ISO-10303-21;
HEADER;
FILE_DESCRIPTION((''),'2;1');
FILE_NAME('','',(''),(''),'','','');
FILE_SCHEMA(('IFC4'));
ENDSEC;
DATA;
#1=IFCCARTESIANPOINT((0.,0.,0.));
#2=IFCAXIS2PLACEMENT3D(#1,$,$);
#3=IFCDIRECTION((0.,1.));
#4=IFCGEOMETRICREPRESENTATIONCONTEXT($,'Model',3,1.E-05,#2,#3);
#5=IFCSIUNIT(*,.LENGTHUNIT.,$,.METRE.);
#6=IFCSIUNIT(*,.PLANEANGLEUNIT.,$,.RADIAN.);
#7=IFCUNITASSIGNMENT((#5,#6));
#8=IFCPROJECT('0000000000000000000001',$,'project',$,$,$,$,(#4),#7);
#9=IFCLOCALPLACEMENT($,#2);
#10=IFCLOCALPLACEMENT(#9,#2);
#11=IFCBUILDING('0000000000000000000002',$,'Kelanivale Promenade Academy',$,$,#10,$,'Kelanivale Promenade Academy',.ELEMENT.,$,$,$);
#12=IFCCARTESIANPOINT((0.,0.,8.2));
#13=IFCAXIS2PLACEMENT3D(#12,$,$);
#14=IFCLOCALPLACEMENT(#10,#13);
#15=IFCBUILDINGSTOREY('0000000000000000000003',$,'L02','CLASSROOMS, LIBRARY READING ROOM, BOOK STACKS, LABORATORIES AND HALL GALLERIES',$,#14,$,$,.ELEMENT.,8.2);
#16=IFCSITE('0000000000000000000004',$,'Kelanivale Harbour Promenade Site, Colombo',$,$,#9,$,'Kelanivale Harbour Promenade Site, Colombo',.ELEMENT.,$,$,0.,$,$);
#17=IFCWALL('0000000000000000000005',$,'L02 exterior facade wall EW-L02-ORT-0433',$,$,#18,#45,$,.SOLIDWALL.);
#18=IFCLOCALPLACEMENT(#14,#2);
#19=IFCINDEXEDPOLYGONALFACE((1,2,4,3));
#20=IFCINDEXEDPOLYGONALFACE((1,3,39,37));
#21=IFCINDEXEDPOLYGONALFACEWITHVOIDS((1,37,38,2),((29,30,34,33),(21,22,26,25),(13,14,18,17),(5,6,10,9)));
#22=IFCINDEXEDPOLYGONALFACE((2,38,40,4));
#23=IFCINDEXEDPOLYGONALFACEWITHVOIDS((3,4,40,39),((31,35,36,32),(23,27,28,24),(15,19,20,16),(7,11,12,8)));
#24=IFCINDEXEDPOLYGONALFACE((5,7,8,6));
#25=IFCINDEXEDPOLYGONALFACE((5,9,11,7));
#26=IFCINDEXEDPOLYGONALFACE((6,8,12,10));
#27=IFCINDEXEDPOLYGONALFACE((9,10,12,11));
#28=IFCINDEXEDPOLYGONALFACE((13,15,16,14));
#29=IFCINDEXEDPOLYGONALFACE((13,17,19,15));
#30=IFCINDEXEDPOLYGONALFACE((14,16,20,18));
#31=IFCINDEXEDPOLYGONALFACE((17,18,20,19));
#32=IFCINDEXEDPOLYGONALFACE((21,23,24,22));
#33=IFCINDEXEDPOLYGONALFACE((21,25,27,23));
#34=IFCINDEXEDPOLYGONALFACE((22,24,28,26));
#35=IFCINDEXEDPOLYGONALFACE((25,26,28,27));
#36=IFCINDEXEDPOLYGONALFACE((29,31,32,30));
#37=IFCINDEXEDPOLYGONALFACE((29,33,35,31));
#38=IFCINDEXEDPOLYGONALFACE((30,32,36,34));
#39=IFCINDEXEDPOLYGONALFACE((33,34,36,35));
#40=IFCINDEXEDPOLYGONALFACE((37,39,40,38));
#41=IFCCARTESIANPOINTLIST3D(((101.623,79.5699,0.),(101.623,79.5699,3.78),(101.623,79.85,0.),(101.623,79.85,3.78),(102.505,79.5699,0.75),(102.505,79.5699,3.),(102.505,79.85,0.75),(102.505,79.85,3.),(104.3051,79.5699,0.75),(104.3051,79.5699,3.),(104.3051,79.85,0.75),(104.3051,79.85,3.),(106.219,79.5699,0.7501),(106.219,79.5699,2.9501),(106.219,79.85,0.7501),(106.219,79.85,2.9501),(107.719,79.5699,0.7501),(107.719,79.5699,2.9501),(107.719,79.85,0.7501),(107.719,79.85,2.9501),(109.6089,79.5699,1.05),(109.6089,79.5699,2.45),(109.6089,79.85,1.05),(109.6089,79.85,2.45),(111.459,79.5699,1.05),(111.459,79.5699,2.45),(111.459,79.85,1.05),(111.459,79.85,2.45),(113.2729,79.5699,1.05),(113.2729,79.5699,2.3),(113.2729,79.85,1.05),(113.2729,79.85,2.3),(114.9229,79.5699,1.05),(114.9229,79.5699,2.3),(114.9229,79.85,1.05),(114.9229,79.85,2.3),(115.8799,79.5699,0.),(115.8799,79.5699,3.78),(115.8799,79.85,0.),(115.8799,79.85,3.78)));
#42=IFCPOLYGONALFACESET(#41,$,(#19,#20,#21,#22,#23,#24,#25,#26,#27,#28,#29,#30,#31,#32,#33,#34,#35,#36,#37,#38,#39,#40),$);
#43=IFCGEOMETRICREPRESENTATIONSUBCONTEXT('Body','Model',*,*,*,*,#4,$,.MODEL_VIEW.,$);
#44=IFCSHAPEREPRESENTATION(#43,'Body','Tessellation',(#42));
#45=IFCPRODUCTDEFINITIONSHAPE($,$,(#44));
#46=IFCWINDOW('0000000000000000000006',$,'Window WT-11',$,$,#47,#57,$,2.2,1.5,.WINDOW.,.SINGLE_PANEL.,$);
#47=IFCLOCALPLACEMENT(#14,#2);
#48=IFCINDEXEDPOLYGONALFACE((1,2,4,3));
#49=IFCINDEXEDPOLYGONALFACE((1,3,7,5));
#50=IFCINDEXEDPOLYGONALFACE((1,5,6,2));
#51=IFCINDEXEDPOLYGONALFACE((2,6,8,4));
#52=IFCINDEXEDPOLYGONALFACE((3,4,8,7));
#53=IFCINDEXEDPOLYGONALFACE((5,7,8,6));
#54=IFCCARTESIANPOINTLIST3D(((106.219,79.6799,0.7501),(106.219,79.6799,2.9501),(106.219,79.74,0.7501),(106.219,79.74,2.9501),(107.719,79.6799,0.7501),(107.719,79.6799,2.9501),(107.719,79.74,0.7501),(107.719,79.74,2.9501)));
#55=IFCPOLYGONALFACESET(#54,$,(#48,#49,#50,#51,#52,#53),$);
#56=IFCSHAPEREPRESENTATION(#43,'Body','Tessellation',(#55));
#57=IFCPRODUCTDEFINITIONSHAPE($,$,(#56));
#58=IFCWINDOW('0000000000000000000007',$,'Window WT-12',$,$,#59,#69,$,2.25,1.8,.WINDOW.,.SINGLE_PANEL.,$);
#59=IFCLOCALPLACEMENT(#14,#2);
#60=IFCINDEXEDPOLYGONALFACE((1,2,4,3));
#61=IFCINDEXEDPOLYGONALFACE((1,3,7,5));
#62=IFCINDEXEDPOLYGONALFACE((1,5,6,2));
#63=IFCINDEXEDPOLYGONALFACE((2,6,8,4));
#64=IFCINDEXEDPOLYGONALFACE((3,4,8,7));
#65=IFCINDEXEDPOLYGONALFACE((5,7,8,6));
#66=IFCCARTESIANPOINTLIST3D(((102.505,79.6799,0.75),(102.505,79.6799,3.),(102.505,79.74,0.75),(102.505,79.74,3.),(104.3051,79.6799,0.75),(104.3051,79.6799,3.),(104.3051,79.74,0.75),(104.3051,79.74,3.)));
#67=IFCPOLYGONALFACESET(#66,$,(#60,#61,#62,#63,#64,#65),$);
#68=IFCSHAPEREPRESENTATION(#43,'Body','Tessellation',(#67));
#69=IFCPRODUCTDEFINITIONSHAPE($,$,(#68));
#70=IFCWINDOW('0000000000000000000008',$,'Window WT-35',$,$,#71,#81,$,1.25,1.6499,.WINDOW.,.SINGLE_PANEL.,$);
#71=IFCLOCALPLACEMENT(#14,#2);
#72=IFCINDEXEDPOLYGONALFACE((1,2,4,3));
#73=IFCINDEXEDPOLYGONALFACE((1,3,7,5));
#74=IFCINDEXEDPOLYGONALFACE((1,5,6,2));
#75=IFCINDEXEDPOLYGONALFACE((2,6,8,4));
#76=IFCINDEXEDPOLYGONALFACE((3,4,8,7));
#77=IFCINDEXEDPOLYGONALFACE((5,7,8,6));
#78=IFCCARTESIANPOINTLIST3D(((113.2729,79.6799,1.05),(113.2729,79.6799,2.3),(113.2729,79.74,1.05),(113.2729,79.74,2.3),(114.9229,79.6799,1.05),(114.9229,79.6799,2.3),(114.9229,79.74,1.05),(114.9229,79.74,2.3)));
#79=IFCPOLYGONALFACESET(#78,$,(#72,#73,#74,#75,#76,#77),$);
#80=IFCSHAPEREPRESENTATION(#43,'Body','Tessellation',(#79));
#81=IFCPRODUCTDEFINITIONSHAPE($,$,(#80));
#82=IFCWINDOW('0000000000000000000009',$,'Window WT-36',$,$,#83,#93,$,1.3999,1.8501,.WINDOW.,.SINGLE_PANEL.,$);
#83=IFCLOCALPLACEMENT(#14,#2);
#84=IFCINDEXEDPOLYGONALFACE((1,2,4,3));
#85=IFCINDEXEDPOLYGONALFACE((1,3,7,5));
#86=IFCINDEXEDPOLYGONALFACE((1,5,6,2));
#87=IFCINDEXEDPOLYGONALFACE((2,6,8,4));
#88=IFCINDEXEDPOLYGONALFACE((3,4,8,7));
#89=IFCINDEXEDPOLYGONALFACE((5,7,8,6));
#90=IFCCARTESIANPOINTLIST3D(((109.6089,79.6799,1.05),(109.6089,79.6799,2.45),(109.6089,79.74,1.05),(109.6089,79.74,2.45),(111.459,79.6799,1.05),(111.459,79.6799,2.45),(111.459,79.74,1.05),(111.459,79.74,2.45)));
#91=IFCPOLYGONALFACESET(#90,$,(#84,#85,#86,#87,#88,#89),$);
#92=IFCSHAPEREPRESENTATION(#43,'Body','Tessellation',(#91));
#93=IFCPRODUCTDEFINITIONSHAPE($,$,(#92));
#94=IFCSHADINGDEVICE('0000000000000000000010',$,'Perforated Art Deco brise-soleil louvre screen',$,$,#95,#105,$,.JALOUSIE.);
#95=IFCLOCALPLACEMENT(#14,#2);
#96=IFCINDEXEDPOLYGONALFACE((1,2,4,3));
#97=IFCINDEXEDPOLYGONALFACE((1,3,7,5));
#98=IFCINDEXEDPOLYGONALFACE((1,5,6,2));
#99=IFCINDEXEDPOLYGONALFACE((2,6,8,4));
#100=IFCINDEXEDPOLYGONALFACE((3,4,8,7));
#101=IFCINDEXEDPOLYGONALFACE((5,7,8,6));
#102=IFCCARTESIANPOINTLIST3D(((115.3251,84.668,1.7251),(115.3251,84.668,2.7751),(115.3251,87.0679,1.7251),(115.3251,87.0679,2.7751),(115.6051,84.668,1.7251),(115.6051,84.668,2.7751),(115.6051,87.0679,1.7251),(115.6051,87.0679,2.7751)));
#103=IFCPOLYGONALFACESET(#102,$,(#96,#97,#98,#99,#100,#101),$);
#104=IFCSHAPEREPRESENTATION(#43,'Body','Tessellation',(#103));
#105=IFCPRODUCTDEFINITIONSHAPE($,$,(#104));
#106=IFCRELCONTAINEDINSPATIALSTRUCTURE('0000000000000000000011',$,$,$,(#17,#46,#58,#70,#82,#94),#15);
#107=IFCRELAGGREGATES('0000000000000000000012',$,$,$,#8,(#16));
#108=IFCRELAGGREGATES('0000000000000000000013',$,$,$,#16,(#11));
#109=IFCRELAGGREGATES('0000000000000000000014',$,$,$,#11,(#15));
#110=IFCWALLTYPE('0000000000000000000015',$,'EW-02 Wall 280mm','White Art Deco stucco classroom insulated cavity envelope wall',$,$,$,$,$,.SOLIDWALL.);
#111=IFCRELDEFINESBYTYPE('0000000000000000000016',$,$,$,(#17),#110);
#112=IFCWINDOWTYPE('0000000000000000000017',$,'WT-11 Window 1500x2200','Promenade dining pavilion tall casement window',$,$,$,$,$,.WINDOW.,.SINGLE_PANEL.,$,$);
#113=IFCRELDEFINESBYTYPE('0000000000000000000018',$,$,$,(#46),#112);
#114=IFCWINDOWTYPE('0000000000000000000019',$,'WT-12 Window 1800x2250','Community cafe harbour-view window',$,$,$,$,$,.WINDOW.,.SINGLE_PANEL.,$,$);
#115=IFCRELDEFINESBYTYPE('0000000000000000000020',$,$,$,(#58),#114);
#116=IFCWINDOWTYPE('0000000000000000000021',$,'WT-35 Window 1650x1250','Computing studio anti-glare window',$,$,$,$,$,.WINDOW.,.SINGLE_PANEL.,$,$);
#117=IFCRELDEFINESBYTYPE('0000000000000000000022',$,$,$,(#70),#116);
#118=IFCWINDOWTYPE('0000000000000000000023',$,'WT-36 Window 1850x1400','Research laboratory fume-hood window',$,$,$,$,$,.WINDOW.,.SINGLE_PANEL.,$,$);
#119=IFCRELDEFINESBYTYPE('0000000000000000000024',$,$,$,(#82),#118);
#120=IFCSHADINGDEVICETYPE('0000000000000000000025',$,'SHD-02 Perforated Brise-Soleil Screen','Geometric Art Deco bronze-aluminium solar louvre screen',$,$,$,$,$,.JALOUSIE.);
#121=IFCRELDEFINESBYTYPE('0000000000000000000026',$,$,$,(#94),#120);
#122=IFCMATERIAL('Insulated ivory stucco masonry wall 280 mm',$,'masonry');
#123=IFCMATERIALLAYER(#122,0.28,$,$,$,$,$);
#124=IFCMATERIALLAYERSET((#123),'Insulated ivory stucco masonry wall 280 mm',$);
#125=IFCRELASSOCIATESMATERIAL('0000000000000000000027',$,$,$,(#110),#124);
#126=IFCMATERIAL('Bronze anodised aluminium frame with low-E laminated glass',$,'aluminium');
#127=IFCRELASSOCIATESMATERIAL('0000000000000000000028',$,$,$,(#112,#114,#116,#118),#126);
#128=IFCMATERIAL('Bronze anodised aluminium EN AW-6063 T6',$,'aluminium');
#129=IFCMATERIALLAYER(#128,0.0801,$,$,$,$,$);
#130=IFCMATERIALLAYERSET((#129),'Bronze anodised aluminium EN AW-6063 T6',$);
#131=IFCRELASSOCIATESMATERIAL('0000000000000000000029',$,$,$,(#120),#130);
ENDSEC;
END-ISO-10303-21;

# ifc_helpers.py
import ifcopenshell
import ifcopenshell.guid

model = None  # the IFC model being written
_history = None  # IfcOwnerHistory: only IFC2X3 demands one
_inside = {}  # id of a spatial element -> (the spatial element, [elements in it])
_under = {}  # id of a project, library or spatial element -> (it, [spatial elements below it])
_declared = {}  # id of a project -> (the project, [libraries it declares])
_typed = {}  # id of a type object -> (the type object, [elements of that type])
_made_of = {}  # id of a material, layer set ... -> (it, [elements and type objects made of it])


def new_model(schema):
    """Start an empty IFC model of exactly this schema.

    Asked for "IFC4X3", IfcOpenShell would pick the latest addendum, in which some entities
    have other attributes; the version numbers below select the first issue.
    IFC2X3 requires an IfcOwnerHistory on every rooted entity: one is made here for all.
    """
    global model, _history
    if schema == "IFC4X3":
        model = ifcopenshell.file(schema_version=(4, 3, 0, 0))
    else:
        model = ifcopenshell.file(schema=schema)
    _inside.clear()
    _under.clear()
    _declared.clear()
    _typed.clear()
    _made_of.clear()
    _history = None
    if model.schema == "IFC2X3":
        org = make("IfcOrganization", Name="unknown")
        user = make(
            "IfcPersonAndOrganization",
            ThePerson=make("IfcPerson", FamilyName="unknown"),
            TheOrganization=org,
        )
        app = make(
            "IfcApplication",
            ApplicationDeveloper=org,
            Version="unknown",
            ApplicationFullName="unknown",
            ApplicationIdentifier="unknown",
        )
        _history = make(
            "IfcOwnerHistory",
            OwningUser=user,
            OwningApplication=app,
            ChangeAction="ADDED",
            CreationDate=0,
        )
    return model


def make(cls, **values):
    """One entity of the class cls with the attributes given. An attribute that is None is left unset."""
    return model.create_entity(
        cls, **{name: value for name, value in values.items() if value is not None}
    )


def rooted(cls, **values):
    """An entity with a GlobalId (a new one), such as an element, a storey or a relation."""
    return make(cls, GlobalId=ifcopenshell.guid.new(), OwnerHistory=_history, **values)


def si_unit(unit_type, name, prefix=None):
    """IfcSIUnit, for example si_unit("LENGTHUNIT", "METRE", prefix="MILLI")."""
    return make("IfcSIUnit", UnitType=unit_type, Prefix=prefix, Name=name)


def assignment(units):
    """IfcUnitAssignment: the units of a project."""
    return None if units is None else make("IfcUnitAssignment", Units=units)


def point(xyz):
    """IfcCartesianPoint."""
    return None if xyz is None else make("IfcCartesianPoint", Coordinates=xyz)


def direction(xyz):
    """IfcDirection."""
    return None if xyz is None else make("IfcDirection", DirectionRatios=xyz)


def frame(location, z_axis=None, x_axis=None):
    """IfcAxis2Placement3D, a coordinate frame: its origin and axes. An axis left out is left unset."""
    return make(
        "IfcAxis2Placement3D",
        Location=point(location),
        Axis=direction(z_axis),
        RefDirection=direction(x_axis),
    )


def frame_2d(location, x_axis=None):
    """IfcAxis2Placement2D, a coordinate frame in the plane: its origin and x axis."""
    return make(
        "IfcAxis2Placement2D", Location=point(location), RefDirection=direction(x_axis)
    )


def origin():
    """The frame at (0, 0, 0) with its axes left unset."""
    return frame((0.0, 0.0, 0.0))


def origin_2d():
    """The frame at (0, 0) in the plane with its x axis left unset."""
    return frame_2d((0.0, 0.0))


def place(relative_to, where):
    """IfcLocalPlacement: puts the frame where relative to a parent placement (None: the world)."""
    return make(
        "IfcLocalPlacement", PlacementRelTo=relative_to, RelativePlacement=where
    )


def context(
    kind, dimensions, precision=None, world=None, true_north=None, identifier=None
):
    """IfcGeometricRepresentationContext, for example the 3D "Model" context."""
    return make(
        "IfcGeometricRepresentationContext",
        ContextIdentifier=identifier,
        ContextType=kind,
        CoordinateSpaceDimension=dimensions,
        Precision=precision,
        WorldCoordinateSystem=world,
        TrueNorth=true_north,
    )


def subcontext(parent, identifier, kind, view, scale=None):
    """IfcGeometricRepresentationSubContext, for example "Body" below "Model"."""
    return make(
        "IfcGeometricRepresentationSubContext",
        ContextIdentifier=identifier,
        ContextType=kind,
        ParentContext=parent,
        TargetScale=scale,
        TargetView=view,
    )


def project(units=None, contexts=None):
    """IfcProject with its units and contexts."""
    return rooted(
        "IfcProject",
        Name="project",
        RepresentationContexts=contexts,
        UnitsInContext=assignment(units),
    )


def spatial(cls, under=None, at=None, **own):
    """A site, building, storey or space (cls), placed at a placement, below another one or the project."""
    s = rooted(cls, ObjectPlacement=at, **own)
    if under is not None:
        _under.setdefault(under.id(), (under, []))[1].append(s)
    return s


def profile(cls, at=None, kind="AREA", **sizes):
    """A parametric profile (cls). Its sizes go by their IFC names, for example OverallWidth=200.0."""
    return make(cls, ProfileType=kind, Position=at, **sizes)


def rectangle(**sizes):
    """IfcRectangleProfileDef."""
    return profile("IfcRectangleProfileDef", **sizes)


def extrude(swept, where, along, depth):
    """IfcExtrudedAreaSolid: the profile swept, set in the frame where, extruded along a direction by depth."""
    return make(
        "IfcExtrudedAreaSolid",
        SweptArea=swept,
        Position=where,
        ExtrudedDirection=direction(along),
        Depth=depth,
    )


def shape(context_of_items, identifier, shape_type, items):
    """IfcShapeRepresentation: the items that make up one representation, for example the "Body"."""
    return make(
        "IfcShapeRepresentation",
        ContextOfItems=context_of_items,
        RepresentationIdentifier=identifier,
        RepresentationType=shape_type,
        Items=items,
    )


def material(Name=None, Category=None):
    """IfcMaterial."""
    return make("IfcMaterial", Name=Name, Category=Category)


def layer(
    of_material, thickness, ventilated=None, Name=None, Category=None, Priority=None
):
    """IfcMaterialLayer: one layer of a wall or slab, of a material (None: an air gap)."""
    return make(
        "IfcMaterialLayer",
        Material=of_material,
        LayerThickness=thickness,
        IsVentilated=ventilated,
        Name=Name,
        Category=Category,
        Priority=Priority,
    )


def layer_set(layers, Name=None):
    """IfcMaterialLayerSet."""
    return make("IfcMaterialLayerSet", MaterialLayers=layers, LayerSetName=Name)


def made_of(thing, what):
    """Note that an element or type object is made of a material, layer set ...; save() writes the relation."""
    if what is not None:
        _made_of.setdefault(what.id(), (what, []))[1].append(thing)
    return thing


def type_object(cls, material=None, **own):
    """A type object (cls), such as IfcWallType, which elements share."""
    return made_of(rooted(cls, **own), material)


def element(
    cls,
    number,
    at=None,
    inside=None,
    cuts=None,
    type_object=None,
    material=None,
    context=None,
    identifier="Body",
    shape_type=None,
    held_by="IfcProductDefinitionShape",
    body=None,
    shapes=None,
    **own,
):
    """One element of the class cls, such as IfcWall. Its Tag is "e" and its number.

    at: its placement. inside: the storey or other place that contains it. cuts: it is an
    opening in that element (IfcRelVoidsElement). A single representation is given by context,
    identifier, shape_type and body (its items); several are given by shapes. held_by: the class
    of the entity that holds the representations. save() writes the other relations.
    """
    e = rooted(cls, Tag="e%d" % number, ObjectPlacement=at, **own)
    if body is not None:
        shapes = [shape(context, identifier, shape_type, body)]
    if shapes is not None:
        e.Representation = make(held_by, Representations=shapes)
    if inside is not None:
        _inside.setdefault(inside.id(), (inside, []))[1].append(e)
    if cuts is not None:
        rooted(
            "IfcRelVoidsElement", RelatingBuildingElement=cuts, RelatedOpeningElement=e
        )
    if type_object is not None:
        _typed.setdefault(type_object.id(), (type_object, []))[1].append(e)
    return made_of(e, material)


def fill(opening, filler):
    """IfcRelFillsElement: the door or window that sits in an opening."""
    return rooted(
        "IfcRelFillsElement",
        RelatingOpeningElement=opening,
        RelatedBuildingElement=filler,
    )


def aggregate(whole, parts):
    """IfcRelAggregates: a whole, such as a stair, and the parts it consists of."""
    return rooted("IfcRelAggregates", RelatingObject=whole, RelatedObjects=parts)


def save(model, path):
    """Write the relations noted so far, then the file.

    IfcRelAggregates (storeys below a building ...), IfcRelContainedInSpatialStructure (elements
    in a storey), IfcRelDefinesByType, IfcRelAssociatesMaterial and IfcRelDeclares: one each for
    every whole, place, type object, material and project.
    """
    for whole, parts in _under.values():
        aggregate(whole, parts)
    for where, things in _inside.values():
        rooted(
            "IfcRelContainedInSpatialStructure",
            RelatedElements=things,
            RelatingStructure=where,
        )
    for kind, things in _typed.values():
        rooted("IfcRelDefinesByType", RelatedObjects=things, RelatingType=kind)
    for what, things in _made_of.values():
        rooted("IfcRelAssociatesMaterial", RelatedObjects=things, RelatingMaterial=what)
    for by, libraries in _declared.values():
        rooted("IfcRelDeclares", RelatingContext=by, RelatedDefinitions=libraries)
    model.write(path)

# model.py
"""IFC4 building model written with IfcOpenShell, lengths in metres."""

from ifc_helpers import new_model, si_unit, direction, frame, frame_2d, origin, origin_2d, place, context, subcontext, project, spatial, rectangle, extrude, material, layer, layer_set, type_object, element, fill, save


model = new_model("IFC4")

# Units and contexts
model_context = context("Model", 3, precision=1e-05, world=origin(), true_north=direction((0.0, 1.0)))
body_context = subcontext(model_context, "Body", "Model", "MODEL_VIEW")
ifc_project = project(units=[si_unit("LENGTHUNIT", "METRE"), si_unit("PLANEANGLEUNIT", "RADIAN")], contexts=[model_context])

# Site, building, storey
site_placement = place(None, origin())
site = spatial("IfcSite", under=ifc_project, at=site_placement, Name="Kelanivale Harbour Promenade Site, Colombo", LongName="Kelanivale Harbour Promenade Site, Colombo", CompositionType="ELEMENT", RefElevation=0.0)
building_placement = place(site_placement, origin())
building = spatial("IfcBuilding", under=site, at=building_placement, Name="Kelanivale Promenade Academy", LongName="Kelanivale Promenade Academy", CompositionType="ELEMENT")
storey_placement = place(building_placement, frame((0.0, 0.0, 8.2)))
storey = spatial("IfcBuildingStorey", under=building, at=storey_placement, Name="L02", Description="CLASSROOMS, LIBRARY READING ROOM, BOOK STACKS, LABORATORIES AND HALL GALLERIES", CompositionType="ELEMENT", Elevation=8.2)

# Wall, openings, windows
ifc_material_1 = material(Name="Insulated ivory stucco masonry wall 280 mm", Category="masonry")
ifc_layer_1 = layer(ifc_material_1, 0.28)
ifc_layer_set_1 = layer_set([ifc_layer_1], Name="Insulated ivory stucco masonry wall 280 mm")
wall_type = type_object("IfcWallType", Name="EW-02 Wall 280mm", Description="White Art Deco stucco classroom insulated cavity envelope wall", PredefinedType="SOLIDWALL", material=ifc_layer_set_1)
wall_placement = place(storey_placement, frame((115.8799, 79.71, 0.0), z_axis=(0.0, 0.0, 1.0), x_axis=(-1.0, 0.0, 0.0)))
wall = element("IfcWall", 1, at=wall_placement, inside=storey, type_object=wall_type, Name="L02 exterior facade wall EW-L02-ORT-0433", PredefinedType="SOLIDWALL", context=body_context, shape_type="SweptSolid", body=[
    extrude(rectangle(XDim=14.2568, YDim=0.28, at=frame_2d((7.1284, 0.0))), origin(), (0.0, 0.0, 1.0), 3.78),
])
opening_1_placement = place(wall_placement, frame((0.957, 0.0, 1.05)))
opening_1 = element("IfcOpeningElement", 2, at=opening_1_placement, cuts=wall, PredefinedType="OPENING", context=body_context, shape_type="SweptSolid", body=[
    extrude(rectangle(XDim=1.6499, YDim=1.25, at=frame_2d((0.825, 0.625))), frame((0.0, 0.1499, 0.0), z_axis=(0.0, -1.0, 0.0), x_axis=(1.0, 0.0, 0.0)), (0.0, 0.0, 1.0), 0.3),
])
opening_2_placement = place(wall_placement, frame((4.4209, 0.0, 1.05)))
opening_2 = element("IfcOpeningElement", 3, at=opening_2_placement, cuts=wall, PredefinedType="OPENING", context=body_context, shape_type="SweptSolid", body=[
    extrude(rectangle(XDim=1.8501, YDim=1.3999, at=frame_2d((0.925, 0.7))), frame((0.0, 0.1499, 0.0), z_axis=(0.0, -1.0, 0.0), x_axis=(1.0, 0.0, 0.0)), (0.0, 0.0, 1.0), 0.3),
])
opening_3_placement = place(wall_placement, frame((8.1609, 0.0, 0.75)))
opening_3 = element("IfcOpeningElement", 4, at=opening_3_placement, cuts=wall, PredefinedType="OPENING", context=body_context, shape_type="SweptSolid", body=[
    extrude(rectangle(XDim=1.5, YDim=2.2, at=frame_2d((0.75, 1.1001))), frame((0.0, 0.1499, 0.0), z_axis=(0.0, -1.0, 0.0), x_axis=(1.0, 0.0, 0.0)), (0.0, 0.0, 1.0), 0.3),
])
opening_4_placement = place(wall_placement, frame((11.575, 0.0, 0.75)))
opening_4 = element("IfcOpeningElement", 5, at=opening_4_placement, cuts=wall, PredefinedType="OPENING", context=body_context, shape_type="SweptSolid", body=[
    extrude(rectangle(XDim=1.8, YDim=2.25, at=frame_2d((0.8999, 1.125))), frame((0.0, 0.1499, 0.0), z_axis=(0.0, -1.0, 0.0), x_axis=(1.0, 0.0, 0.0)), (0.0, 0.0, 1.0), 0.3),
])
ifc_material_2 = material(Name="Bronze anodised aluminium frame with low-E laminated glass", Category="aluminium")
window_type_1 = type_object("IfcWindowType", Name="WT-11 Window 1500x2200", Description="Promenade dining pavilion tall casement window", PartitioningType="SINGLE_PANEL", PredefinedType="WINDOW", material=ifc_material_2)
window_1_placement = place(opening_3_placement, origin())
window_1 = element("IfcWindow", 6, at=window_1_placement, inside=storey, type_object=window_type_1, Name="Window WT-11", OverallHeight=2.2, OverallWidth=1.5, PartitioningType="SINGLE_PANEL", PredefinedType="WINDOW", context=body_context, shape_type="SweptSolid", body=[
    extrude(rectangle(XDim=1.5, YDim=2.2, at=frame_2d((0.75, 1.1001))), frame((0.0, 0.03, 0.0), z_axis=(0.0, -1.0, 0.0), x_axis=(1.0, 0.0, 0.0)), (0.0, 0.0, 1.0), 0.0601),
])
fill(opening_3, window_1)
window_type_2 = type_object("IfcWindowType", Name="WT-12 Window 1800x2250", Description="Community cafe harbour-view window", PartitioningType="SINGLE_PANEL", PredefinedType="WINDOW", material=ifc_material_2)
window_2_placement = place(opening_4_placement, origin())
window_2 = element("IfcWindow", 7, at=window_2_placement, inside=storey, type_object=window_type_2, Name="Window WT-12", OverallHeight=2.25, OverallWidth=1.8, PartitioningType="SINGLE_PANEL", PredefinedType="WINDOW", context=body_context, shape_type="SweptSolid", body=[
    extrude(rectangle(XDim=1.8, YDim=2.25, at=frame_2d((0.8999, 1.125))), frame((0.0, 0.03, 0.0), z_axis=(0.0, -1.0, 0.0), x_axis=(1.0, 0.0, 0.0)), (0.0, 0.0, 1.0), 0.0601),
])
fill(opening_4, window_2)
window_type_3 = type_object("IfcWindowType", Name="WT-35 Window 1650x1250", Description="Computing studio anti-glare window", PartitioningType="SINGLE_PANEL", PredefinedType="WINDOW", material=ifc_material_2)
window_3_placement = place(opening_1_placement, origin())
window_3 = element("IfcWindow", 8, at=window_3_placement, inside=storey, type_object=window_type_3, Name="Window WT-35", OverallHeight=1.25, OverallWidth=1.6499, PartitioningType="SINGLE_PANEL", PredefinedType="WINDOW", context=body_context, shape_type="SweptSolid", body=[
    extrude(rectangle(XDim=1.6499, YDim=1.25, at=frame_2d((0.825, 0.625))), frame((0.0, 0.03, 0.0), z_axis=(0.0, -1.0, 0.0), x_axis=(1.0, 0.0, 0.0)), (0.0, 0.0, 1.0), 0.0601),
])
fill(opening_1, window_3)
window_type_4 = type_object("IfcWindowType", Name="WT-36 Window 1850x1400", Description="Research laboratory fume-hood window", PartitioningType="SINGLE_PANEL", PredefinedType="WINDOW", material=ifc_material_2)
window_4_placement = place(opening_2_placement, origin())
window_4 = element("IfcWindow", 9, at=window_4_placement, inside=storey, type_object=window_type_4, Name="Window WT-36", OverallHeight=1.3999, OverallWidth=1.8501, PartitioningType="SINGLE_PANEL", PredefinedType="WINDOW", context=body_context, shape_type="SweptSolid", body=[
    extrude(rectangle(XDim=1.8501, YDim=1.3999, at=frame_2d((0.925, 0.7))), frame((0.0, 0.03, 0.0), z_axis=(0.0, -1.0, 0.0), x_axis=(1.0, 0.0, 0.0)), (0.0, 0.0, 1.0), 0.0601),
])
fill(opening_2, window_4)

# Shading device
ifc_material_3 = material(Name="Bronze anodised aluminium EN AW-6063 T6", Category="aluminium")
ifc_layer_2 = layer(ifc_material_3, 0.0801)
ifc_layer_set_2 = layer_set([ifc_layer_2], Name="Bronze anodised aluminium EN AW-6063 T6")
shading_device_type = type_object("IfcShadingDeviceType", Name="SHD-02 Perforated Brise-Soleil Screen", Description="Geometric Art Deco bronze-aluminium solar louvre screen", PredefinedType="JALOUSIE", material=ifc_layer_set_2)
shading_device_placement = place(storey_placement, frame((115.4651, 85.8679, 1.7251), z_axis=(0.0, 0.0, 1.0), x_axis=(0.0, -1.0, 0.0)))
element("IfcShadingDevice", 10, at=shading_device_placement, inside=storey, type_object=shading_device_type, Name="Perforated Art Deco brise-soleil louvre screen", PredefinedType="JALOUSIE", context=body_context, shape_type="SweptSolid", body=[
    extrude(rectangle(XDim=2.3999, YDim=0.28, at=origin_2d()), origin(), (0.0, 0.0, 1.0), 1.05),
])

save(model, "model.ifc")
